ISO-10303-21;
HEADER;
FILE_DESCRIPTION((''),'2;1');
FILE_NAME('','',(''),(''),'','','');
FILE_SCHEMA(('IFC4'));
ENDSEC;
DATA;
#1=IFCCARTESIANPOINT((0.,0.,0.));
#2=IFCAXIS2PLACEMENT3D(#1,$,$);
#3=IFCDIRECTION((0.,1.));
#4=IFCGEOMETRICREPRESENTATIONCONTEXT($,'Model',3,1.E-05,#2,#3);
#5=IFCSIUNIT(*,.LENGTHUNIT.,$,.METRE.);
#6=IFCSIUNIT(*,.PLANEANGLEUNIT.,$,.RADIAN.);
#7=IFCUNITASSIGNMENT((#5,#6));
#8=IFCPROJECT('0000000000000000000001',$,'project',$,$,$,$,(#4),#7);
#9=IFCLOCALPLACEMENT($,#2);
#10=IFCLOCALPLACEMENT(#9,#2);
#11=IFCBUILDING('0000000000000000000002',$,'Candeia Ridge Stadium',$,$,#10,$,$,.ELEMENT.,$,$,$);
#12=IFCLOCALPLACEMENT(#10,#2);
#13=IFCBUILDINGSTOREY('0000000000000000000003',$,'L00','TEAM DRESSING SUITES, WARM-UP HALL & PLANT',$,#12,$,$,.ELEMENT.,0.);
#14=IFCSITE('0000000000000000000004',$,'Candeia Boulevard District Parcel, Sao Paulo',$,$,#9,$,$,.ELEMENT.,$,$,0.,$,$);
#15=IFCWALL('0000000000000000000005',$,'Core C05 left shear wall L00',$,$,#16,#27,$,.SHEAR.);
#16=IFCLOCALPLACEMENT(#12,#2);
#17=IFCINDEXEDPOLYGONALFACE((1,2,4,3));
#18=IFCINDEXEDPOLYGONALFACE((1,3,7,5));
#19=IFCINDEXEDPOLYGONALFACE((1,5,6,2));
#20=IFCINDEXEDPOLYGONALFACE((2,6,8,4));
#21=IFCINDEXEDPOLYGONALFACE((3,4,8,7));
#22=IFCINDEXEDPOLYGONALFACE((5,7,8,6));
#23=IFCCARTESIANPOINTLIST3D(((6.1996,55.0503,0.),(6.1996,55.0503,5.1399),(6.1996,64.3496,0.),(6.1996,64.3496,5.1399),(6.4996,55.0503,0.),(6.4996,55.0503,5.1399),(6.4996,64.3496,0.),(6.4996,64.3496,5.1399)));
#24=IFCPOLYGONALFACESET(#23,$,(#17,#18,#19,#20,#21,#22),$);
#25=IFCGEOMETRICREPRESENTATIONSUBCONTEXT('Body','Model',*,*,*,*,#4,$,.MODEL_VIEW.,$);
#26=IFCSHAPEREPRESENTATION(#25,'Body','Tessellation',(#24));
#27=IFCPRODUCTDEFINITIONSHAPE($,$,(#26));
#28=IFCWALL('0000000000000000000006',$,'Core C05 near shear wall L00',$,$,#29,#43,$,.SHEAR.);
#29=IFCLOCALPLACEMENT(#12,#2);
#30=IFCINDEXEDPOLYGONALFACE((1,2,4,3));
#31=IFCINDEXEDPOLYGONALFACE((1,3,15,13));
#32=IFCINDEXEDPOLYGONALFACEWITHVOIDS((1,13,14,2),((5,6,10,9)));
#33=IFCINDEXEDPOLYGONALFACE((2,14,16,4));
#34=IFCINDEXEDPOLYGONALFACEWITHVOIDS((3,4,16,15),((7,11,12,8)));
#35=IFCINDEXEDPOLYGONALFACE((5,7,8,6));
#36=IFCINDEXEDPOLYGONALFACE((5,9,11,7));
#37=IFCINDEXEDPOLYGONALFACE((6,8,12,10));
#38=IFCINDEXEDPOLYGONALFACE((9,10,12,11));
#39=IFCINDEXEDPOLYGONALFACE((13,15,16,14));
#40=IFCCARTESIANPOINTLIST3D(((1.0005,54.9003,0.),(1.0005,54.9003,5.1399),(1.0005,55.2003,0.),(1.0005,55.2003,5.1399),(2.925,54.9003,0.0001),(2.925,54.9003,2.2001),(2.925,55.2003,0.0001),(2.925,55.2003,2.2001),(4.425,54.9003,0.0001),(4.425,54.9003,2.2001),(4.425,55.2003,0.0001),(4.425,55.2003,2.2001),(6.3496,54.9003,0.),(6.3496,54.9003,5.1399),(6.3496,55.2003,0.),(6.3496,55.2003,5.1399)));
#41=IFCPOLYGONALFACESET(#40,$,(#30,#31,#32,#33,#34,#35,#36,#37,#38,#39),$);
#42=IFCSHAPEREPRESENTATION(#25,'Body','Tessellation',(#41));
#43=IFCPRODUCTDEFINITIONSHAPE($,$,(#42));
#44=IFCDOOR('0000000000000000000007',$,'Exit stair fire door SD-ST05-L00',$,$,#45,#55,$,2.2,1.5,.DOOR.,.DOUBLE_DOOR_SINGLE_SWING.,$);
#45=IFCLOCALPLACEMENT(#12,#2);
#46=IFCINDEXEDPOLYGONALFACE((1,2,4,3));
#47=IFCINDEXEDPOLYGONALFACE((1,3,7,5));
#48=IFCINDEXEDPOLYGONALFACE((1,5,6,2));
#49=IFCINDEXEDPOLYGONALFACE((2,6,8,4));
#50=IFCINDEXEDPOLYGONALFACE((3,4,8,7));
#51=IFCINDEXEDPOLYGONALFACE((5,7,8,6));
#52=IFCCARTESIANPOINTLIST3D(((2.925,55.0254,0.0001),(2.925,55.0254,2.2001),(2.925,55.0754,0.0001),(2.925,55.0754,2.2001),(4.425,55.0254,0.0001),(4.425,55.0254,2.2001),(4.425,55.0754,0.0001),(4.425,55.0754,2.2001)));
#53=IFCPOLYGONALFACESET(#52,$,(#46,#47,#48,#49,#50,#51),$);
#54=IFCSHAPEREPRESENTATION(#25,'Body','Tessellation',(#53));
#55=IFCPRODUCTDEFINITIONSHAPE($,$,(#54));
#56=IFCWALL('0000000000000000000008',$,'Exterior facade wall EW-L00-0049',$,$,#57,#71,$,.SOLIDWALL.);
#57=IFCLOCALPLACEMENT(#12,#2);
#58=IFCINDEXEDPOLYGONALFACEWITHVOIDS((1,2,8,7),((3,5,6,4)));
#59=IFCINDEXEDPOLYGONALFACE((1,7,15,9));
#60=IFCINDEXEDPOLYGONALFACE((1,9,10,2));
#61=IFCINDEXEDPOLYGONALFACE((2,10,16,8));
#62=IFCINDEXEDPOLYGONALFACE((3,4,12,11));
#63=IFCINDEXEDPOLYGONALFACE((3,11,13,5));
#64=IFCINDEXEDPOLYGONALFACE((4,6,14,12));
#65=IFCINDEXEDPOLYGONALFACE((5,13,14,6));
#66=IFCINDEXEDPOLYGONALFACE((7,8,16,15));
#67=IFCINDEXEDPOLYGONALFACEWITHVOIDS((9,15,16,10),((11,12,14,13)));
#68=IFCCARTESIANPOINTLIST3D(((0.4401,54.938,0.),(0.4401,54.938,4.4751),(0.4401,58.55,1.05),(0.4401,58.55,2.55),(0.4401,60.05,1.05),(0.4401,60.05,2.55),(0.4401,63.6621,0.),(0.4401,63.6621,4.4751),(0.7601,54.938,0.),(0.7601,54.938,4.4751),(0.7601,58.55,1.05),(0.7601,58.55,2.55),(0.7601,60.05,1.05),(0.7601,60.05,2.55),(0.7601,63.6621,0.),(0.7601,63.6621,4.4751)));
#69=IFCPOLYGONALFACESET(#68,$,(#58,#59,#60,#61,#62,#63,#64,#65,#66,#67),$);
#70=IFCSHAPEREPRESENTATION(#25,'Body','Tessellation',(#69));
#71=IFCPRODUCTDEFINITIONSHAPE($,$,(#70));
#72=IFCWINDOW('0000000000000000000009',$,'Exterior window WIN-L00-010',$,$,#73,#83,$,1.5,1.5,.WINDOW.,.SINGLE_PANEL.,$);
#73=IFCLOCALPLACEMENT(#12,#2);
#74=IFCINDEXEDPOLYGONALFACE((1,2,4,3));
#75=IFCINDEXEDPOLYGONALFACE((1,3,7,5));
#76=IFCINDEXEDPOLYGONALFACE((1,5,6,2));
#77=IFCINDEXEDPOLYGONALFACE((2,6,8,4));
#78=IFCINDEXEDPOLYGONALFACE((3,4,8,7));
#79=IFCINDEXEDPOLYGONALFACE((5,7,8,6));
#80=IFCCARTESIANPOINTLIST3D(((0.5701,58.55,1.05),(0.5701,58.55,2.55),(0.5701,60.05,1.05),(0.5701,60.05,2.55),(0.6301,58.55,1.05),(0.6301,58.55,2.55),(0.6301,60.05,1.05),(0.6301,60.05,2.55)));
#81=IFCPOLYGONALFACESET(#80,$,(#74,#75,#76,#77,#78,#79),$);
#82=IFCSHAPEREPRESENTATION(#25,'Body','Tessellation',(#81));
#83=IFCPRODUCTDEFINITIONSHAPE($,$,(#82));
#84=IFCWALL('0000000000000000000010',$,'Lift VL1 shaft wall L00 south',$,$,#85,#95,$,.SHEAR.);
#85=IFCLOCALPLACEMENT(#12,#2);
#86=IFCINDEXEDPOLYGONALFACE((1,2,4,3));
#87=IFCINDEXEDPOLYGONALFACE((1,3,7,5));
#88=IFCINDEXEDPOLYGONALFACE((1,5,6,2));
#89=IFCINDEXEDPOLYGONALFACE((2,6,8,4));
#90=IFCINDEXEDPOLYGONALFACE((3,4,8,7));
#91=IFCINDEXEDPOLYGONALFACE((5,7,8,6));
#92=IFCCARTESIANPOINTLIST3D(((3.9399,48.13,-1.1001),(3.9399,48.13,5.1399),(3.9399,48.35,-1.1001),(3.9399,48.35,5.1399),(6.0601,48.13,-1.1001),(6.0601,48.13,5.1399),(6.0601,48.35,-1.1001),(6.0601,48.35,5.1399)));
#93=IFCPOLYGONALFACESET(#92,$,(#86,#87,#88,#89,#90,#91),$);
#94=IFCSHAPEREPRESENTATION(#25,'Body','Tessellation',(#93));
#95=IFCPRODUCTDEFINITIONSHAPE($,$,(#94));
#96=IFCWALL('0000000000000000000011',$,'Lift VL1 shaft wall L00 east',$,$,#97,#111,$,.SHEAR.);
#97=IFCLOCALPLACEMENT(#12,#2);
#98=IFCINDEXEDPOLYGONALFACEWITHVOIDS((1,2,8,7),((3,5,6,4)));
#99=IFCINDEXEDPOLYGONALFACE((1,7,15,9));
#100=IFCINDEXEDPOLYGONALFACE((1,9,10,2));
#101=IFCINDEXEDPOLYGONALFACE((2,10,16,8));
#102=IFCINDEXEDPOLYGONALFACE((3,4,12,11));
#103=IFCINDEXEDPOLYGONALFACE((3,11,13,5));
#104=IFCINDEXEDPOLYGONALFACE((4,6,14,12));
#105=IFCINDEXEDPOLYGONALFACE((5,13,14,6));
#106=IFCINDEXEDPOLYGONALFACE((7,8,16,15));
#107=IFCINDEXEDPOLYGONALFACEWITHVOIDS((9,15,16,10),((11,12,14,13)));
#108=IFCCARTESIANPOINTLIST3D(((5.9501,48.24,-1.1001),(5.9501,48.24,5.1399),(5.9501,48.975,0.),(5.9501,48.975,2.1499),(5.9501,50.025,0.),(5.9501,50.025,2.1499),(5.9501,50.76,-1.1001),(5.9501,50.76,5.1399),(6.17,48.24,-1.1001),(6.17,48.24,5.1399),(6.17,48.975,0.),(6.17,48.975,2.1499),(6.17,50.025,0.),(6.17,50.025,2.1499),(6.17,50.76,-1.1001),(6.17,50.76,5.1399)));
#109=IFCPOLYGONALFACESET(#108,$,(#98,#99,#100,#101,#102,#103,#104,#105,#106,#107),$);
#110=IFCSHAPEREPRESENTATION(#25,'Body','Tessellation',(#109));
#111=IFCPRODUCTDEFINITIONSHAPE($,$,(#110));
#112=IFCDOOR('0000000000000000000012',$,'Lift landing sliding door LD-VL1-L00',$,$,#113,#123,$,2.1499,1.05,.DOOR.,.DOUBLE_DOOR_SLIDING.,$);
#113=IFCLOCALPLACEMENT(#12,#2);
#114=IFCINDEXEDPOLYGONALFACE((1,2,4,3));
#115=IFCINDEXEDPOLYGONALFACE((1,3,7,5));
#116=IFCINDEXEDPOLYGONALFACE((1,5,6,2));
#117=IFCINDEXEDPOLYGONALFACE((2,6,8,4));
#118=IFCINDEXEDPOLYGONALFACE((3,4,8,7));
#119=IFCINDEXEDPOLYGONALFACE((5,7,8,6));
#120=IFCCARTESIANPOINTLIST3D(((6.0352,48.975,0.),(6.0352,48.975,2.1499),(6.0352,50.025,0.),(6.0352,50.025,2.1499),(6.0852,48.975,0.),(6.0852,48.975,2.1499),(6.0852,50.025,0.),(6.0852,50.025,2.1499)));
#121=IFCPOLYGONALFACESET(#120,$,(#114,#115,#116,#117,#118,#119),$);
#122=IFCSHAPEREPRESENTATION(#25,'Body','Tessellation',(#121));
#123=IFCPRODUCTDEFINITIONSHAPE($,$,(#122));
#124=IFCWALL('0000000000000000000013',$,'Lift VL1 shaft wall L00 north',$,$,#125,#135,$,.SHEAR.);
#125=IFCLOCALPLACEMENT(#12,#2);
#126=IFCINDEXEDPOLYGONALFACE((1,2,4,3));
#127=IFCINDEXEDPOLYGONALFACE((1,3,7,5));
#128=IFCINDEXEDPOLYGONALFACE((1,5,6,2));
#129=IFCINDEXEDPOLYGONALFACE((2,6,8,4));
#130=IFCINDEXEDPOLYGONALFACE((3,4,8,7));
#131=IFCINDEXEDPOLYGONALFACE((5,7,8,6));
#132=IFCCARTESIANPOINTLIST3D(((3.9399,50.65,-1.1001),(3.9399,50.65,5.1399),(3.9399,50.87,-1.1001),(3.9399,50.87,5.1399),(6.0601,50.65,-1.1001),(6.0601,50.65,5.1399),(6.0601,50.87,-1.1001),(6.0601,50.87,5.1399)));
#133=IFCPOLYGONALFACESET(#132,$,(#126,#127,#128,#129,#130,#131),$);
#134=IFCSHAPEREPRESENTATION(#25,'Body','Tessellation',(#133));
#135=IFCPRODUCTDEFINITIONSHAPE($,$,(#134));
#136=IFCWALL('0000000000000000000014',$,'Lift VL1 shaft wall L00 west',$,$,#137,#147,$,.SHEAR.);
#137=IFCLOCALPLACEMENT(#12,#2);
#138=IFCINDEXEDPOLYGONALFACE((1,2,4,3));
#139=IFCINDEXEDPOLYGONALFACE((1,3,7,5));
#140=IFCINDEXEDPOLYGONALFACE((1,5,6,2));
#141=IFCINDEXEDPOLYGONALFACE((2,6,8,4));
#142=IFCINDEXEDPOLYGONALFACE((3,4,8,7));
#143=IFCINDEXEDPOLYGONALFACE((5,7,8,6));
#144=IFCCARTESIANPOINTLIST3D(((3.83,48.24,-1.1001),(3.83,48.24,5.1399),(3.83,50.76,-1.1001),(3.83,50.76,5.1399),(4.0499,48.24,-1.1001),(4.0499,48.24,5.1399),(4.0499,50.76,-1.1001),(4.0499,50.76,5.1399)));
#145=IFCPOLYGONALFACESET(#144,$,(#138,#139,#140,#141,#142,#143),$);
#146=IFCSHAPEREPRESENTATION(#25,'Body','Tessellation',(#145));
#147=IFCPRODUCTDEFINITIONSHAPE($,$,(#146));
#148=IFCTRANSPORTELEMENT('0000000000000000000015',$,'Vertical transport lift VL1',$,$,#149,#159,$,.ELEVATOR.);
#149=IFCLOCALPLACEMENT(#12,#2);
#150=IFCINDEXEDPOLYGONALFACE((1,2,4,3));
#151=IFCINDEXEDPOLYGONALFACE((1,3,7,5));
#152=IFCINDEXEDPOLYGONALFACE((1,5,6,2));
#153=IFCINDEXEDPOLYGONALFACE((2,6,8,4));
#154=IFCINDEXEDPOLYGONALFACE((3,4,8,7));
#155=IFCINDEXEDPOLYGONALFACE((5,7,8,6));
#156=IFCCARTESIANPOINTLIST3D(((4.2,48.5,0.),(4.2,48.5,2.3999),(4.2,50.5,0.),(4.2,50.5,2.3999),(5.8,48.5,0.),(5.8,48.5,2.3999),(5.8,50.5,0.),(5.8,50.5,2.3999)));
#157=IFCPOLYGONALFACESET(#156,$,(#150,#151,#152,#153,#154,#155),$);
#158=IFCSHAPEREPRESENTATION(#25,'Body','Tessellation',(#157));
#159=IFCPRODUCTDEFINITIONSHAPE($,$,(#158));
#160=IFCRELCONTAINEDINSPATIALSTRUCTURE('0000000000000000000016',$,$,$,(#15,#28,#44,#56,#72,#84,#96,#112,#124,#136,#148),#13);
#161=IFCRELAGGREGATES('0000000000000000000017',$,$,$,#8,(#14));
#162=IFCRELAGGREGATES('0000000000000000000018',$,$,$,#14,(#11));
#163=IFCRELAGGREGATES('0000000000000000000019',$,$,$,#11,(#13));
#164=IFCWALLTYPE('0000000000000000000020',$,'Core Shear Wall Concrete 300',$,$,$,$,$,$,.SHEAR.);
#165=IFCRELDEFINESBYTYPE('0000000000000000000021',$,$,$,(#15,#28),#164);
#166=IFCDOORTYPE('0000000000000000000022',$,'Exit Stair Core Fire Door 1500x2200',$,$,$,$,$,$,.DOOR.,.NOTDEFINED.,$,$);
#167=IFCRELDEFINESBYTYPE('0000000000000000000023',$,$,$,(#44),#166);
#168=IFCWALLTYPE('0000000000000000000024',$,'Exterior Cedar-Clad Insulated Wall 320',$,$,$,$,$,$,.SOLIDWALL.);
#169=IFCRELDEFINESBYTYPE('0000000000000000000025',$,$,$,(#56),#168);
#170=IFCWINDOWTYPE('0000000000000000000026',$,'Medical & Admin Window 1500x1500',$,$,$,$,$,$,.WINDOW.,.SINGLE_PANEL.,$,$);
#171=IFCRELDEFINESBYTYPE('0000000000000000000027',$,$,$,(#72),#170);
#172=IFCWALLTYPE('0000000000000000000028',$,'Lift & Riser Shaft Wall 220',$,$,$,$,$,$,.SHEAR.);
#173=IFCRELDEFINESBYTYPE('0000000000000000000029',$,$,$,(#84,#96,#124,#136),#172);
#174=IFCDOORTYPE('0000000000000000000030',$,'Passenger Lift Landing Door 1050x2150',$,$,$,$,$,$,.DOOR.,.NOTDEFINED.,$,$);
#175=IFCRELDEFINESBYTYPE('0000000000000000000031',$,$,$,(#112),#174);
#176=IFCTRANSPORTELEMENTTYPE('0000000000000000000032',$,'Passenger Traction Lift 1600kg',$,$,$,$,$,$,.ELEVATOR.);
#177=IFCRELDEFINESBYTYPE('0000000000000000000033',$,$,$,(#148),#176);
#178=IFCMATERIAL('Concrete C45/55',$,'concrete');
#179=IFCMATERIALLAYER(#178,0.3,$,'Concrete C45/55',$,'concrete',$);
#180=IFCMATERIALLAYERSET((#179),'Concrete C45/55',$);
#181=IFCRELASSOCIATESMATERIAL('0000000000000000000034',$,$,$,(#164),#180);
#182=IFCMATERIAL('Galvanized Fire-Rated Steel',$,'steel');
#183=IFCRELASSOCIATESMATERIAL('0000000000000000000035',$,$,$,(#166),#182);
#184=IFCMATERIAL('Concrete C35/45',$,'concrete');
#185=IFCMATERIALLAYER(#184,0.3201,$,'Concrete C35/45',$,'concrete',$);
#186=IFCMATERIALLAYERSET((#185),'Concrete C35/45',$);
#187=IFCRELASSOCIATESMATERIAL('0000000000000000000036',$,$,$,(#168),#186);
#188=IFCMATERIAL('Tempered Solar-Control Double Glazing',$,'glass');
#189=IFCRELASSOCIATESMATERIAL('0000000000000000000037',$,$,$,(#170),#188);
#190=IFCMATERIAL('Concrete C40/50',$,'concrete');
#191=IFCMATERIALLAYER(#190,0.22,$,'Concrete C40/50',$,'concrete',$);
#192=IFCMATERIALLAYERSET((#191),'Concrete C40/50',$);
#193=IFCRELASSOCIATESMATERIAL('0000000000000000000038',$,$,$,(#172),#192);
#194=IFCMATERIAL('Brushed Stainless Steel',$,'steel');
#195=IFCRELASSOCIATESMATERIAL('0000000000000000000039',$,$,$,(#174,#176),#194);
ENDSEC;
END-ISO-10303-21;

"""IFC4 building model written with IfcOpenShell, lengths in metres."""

from ifc_helpers import new_model, si_unit, direction, frame, frame_2d, origin, origin_2d, place, context, subcontext, project, spatial, rectangle, extrude, material, layer, layer_set, type_object, element, fill, save


model = new_model("IFC4")

# Units and contexts
model_context = context("Model", 3, precision=1e-05, world=origin(), true_north=direction((0.0, 1.0)))
body_context = subcontext(model_context, "Body", "Model", "MODEL_VIEW")
ifc_project = project(units=[si_unit("LENGTHUNIT", "METRE"), si_unit("PLANEANGLEUNIT", "RADIAN")], contexts=[model_context])

# Site, building, storey
site_placement = place(None, origin())
site = spatial("IfcSite", under=ifc_project, at=site_placement, Name="Candeia Boulevard District Parcel, Sao Paulo", CompositionType="ELEMENT", RefElevation=0.0)
building_placement = place(site_placement, origin())
building = spatial("IfcBuilding", under=site, at=building_placement, Name="Candeia Ridge Stadium", CompositionType="ELEMENT")
storey_placement = place(building_placement, origin())
storey = spatial("IfcBuildingStorey", under=building, at=storey_placement, Name="L00", Description="TEAM DRESSING SUITES, WARM-UP HALL & PLANT", CompositionType="ELEMENT", Elevation=0.0)

# Shared definitions
ifc_material_1 = material(Name="Concrete C40/50", Category="concrete")

# Shared definitions
ifc_material_2 = material(Name="Concrete C45/55", Category="concrete")

# Wall
ifc_layer_1 = layer(ifc_material_2, 0.3, Name="Concrete C45/55", Category="concrete")
ifc_layer_set_1 = layer_set([ifc_layer_1], Name="Concrete C45/55")
wall_type_1 = type_object("IfcWallType", Name="Core Shear Wall Concrete 300", PredefinedType="SHEAR", material=ifc_layer_set_1)
wall_1_placement = place(storey_placement, frame((6.3496, 55.0503, 0.0), z_axis=(0.0, 0.0, 1.0), x_axis=(0.0, 1.0, 0.0)))
element("IfcWall", 1, at=wall_1_placement, inside=storey, type_object=wall_type_1, Name="Core C05 left shear wall L00", PredefinedType="SHEAR", context=body_context, shape_type="SweptSolid", body=[
    extrude(rectangle(XDim=9.2993, YDim=0.3, at=frame_2d((4.6497, 0.0))), origin(), (0.0, 0.0, 1.0), 5.1399),
])

# Wall, opening, door
wall_2_placement = place(storey_placement, frame((1.0005, 55.0503, 0.0), z_axis=(0.0, 0.0, 1.0), x_axis=(1.0, 0.0, 0.0)))
wall_2 = element("IfcWall", 2, at=wall_2_placement, inside=storey, type_object=wall_type_1, Name="Core C05 near shear wall L00", PredefinedType="SHEAR", context=body_context, shape_type="SweptSolid", body=[
    extrude(rectangle(XDim=5.3491, YDim=0.3, at=frame_2d((2.6746, 0.0))), origin(), (0.0, 0.0, 1.0), 5.1399),
])
opening_1_placement = place(wall_2_placement, frame((1.9246, 0.0, 0.0)))
opening_1 = element("IfcOpeningElement", 3, at=opening_1_placement, cuts=wall_2, PredefinedType="OPENING", context=body_context, shape_type="SweptSolid", body=[
    extrude(rectangle(XDim=1.5, YDim=2.2, at=frame_2d((0.75, 1.1001))), frame((0.0, 0.1599, 0.0), z_axis=(0.0, -1.0, 0.0), x_axis=(1.0, 0.0, 0.0)), (0.0, 0.0, 1.0), 0.3201),
])
ifc_material_3 = material(Name="Galvanized Fire-Rated Steel", Category="steel")
door_type_1 = type_object("IfcDoorType", Name="Exit Stair Core Fire Door 1500x2200", OperationType="NOTDEFINED", PredefinedType="DOOR", material=ifc_material_3)
door_1_placement = place(opening_1_placement, frame((1.5, 0.0, 0.0), z_axis=(0.0, 0.0, 1.0), x_axis=(-1.0, 0.0, 0.0)))
door_1 = element("IfcDoor", 4, at=door_1_placement, inside=storey, type_object=door_type_1, Name="Exit stair fire door SD-ST05-L00", OperationType="DOUBLE_DOOR_SINGLE_SWING", OverallHeight=2.2, OverallWidth=1.5, PredefinedType="DOOR", context=body_context, shape_type="SweptSolid", body=[
    extrude(rectangle(XDim=1.5, YDim=2.2, at=frame_2d((0.75, 1.1001))), frame((0.0, 0.0249, 0.0), z_axis=(0.0, -1.0, 0.0), x_axis=(1.0, 0.0, 0.0)), (0.0, 0.0, 1.0), 0.05),
])
fill(opening_1, door_1)
ifc_material_4 = material(Name="Concrete C35/45", Category="concrete")
ifc_layer_2 = layer(ifc_material_4, 0.3201, Name="Concrete C35/45", Category="concrete")
ifc_layer_set_2 = layer_set([ifc_layer_2], Name="Concrete C35/45")
wall_type_2 = type_object("IfcWallType", Name="Exterior Cedar-Clad Insulated Wall 320", PredefinedType="SOLIDWALL", material=ifc_layer_set_2)

# Wall, opening, window
wall_3_placement = place(storey_placement, frame((0.6001, 54.938, 0.0), z_axis=(0.0, 0.0, 1.0), x_axis=(0.0, 1.0, 0.0)))
wall_3 = element("IfcWall", 5, at=wall_3_placement, inside=storey, type_object=wall_type_2, Name="Exterior facade wall EW-L00-0049", PredefinedType="SOLIDWALL", context=body_context, shape_type="SweptSolid", body=[
    extrude(rectangle(XDim=8.7241, YDim=0.3201, at=frame_2d((4.3621, 0.0))), origin(), (0.0, 0.0, 1.0), 4.4751),
])
opening_2_placement = place(wall_3_placement, frame((3.6121, 0.0, 1.05)))
opening_2 = element("IfcOpeningElement", 6, at=opening_2_placement, cuts=wall_3, PredefinedType="OPENING", context=body_context, shape_type="SweptSolid", body=[
    extrude(rectangle(XDim=1.5, YDim=1.5, at=frame_2d((0.75, 0.75))), frame((0.0, 0.1699, 0.0), z_axis=(0.0, -1.0, 0.0), x_axis=(1.0, 0.0, 0.0)), (0.0, 0.0, 1.0), 0.3401),
])
ifc_material_5 = material(Name="Tempered Solar-Control Double Glazing", Category="glass")
window_type = type_object("IfcWindowType", Name="Medical & Admin Window 1500x1500", PartitioningType="SINGLE_PANEL", PredefinedType="WINDOW", material=ifc_material_5)
window_placement = place(opening_2_placement, origin())
window = element("IfcWindow", 7, at=window_placement, inside=storey, type_object=window_type, Name="Exterior window WIN-L00-010", OverallHeight=1.5, OverallWidth=1.5, PartitioningType="SINGLE_PANEL", PredefinedType="WINDOW", context=body_context, shape_type="SweptSolid", body=[
    extrude(rectangle(XDim=1.5, YDim=1.5, at=frame_2d((0.75, 0.75))), frame((0.0, 0.03, 0.0), z_axis=(0.0, -1.0, 0.0), x_axis=(1.0, 0.0, 0.0)), (0.0, 0.0, 1.0), 0.0601),
])
fill(opening_2, window)

# Wall
ifc_layer_3 = layer(ifc_material_1, 0.22, Name="Concrete C40/50", Category="concrete")
ifc_layer_set_3 = layer_set([ifc_layer_3], Name="Concrete C40/50")
wall_type_3 = type_object("IfcWallType", Name="Lift & Riser Shaft Wall 220", PredefinedType="SHEAR", material=ifc_layer_set_3)
wall_4_placement = place(storey_placement, frame((3.9399, 48.24, -1.1001), z_axis=(0.0, 0.0, 1.0), x_axis=(1.0, 0.0, 0.0)))
element("IfcWall", 8, at=wall_4_placement, inside=storey, type_object=wall_type_3, Name="Lift VL1 shaft wall L00 south", PredefinedType="SHEAR", context=body_context, shape_type="SweptSolid", body=[
    extrude(rectangle(XDim=2.1201, YDim=0.22, at=frame_2d((1.0601, 0.0))), origin(), (0.0, 0.0, 1.0), 6.24),
])

# Wall, opening, door
wall_5_placement = place(storey_placement, frame((6.0601, 48.24, -1.1001), z_axis=(0.0, 0.0, 1.0), x_axis=(0.0, 1.0, 0.0)))
wall_5 = element("IfcWall", 9, at=wall_5_placement, inside=storey, type_object=wall_type_3, Name="Lift VL1 shaft wall L00 east", PredefinedType="SHEAR", context=body_context, shape_type="SweptSolid", body=[
    extrude(rectangle(XDim=2.52, YDim=0.22, at=frame_2d((1.26, 0.0))), origin(), (0.0, 0.0, 1.0), 6.24),
])
opening_3_placement = place(wall_5_placement, frame((0.7351, 0.0, 1.1001)))
opening_3 = element("IfcOpeningElement", 10, at=opening_3_placement, cuts=wall_5, PredefinedType="OPENING", context=body_context, shape_type="SweptSolid", body=[
    extrude(rectangle(XDim=1.05, YDim=2.1499, at=frame_2d((0.5249, 1.075))), frame((0.0, 0.1199, 0.0), z_axis=(0.0, -1.0, 0.0), x_axis=(1.0, 0.0, 0.0)), (0.0, 0.0, 1.0), 0.24),
])
ifc_material_6 = material(Name="Brushed Stainless Steel", Category="steel")
door_type_2 = type_object("IfcDoorType", Name="Passenger Lift Landing Door 1050x2150", OperationType="NOTDEFINED", PredefinedType="DOOR", material=ifc_material_6)
door_2_placement = place(opening_3_placement, origin())
door_2 = element("IfcDoor", 11, at=door_2_placement, inside=storey, type_object=door_type_2, Name="Lift landing sliding door LD-VL1-L00", OperationType="DOUBLE_DOOR_SLIDING", OverallHeight=2.1499, OverallWidth=1.05, PredefinedType="DOOR", context=body_context, shape_type="SweptSolid", body=[
    extrude(rectangle(XDim=1.05, YDim=2.1499, at=frame_2d((0.5249, 1.075))), frame((0.0, 0.0249, 0.0), z_axis=(0.0, -1.0, 0.0), x_axis=(1.0, 0.0, 0.0)), (0.0, 0.0, 1.0), 0.05),
])
fill(opening_3, door_2)

# Walls
wall_6_placement = place(storey_placement, frame((6.0601, 50.76, -1.1001), z_axis=(0.0, 0.0, 1.0), x_axis=(-1.0, 0.0, 0.0)))
element("IfcWall", 12, at=wall_6_placement, inside=storey, type_object=wall_type_3, Name="Lift VL1 shaft wall L00 north", PredefinedType="SHEAR", context=body_context, shape_type="SweptSolid", body=[
    extrude(rectangle(XDim=2.1201, YDim=0.22, at=frame_2d((1.0601, 0.0))), origin(), (0.0, 0.0, 1.0), 6.24),
])
wall_7_placement = place(storey_placement, frame((3.9399, 50.76, -1.1001), z_axis=(0.0, 0.0, 1.0), x_axis=(0.0, -1.0, 0.0)))
element("IfcWall", 13, at=wall_7_placement, inside=storey, type_object=wall_type_3, Name="Lift VL1 shaft wall L00 west", PredefinedType="SHEAR", context=body_context, shape_type="SweptSolid", body=[
    extrude(rectangle(XDim=2.52, YDim=0.22, at=frame_2d((1.26, 0.0))), origin(), (0.0, 0.0, 1.0), 6.24),
])

# Transport element
transport_element_type = type_object("IfcTransportElementType", Name="Passenger Traction Lift 1600kg", PredefinedType="ELEVATOR", material=ifc_material_6)
transport_element_placement = place(storey_placement, frame((5.0, 49.5, 0.0), z_axis=(0.0, 0.0, 1.0), x_axis=(1.0, 0.0, 0.0)))
element("IfcTransportElement", 14, at=transport_element_placement, inside=storey, type_object=transport_element_type, Name="Vertical transport lift VL1", PredefinedType="ELEVATOR", context=body_context, shape_type="SweptSolid", body=[
    extrude(rectangle(XDim=1.6001, YDim=2.0, at=origin_2d()), origin(), (0.0, 0.0, 1.0), 2.3999),
])

save(model, "model.ifc")
